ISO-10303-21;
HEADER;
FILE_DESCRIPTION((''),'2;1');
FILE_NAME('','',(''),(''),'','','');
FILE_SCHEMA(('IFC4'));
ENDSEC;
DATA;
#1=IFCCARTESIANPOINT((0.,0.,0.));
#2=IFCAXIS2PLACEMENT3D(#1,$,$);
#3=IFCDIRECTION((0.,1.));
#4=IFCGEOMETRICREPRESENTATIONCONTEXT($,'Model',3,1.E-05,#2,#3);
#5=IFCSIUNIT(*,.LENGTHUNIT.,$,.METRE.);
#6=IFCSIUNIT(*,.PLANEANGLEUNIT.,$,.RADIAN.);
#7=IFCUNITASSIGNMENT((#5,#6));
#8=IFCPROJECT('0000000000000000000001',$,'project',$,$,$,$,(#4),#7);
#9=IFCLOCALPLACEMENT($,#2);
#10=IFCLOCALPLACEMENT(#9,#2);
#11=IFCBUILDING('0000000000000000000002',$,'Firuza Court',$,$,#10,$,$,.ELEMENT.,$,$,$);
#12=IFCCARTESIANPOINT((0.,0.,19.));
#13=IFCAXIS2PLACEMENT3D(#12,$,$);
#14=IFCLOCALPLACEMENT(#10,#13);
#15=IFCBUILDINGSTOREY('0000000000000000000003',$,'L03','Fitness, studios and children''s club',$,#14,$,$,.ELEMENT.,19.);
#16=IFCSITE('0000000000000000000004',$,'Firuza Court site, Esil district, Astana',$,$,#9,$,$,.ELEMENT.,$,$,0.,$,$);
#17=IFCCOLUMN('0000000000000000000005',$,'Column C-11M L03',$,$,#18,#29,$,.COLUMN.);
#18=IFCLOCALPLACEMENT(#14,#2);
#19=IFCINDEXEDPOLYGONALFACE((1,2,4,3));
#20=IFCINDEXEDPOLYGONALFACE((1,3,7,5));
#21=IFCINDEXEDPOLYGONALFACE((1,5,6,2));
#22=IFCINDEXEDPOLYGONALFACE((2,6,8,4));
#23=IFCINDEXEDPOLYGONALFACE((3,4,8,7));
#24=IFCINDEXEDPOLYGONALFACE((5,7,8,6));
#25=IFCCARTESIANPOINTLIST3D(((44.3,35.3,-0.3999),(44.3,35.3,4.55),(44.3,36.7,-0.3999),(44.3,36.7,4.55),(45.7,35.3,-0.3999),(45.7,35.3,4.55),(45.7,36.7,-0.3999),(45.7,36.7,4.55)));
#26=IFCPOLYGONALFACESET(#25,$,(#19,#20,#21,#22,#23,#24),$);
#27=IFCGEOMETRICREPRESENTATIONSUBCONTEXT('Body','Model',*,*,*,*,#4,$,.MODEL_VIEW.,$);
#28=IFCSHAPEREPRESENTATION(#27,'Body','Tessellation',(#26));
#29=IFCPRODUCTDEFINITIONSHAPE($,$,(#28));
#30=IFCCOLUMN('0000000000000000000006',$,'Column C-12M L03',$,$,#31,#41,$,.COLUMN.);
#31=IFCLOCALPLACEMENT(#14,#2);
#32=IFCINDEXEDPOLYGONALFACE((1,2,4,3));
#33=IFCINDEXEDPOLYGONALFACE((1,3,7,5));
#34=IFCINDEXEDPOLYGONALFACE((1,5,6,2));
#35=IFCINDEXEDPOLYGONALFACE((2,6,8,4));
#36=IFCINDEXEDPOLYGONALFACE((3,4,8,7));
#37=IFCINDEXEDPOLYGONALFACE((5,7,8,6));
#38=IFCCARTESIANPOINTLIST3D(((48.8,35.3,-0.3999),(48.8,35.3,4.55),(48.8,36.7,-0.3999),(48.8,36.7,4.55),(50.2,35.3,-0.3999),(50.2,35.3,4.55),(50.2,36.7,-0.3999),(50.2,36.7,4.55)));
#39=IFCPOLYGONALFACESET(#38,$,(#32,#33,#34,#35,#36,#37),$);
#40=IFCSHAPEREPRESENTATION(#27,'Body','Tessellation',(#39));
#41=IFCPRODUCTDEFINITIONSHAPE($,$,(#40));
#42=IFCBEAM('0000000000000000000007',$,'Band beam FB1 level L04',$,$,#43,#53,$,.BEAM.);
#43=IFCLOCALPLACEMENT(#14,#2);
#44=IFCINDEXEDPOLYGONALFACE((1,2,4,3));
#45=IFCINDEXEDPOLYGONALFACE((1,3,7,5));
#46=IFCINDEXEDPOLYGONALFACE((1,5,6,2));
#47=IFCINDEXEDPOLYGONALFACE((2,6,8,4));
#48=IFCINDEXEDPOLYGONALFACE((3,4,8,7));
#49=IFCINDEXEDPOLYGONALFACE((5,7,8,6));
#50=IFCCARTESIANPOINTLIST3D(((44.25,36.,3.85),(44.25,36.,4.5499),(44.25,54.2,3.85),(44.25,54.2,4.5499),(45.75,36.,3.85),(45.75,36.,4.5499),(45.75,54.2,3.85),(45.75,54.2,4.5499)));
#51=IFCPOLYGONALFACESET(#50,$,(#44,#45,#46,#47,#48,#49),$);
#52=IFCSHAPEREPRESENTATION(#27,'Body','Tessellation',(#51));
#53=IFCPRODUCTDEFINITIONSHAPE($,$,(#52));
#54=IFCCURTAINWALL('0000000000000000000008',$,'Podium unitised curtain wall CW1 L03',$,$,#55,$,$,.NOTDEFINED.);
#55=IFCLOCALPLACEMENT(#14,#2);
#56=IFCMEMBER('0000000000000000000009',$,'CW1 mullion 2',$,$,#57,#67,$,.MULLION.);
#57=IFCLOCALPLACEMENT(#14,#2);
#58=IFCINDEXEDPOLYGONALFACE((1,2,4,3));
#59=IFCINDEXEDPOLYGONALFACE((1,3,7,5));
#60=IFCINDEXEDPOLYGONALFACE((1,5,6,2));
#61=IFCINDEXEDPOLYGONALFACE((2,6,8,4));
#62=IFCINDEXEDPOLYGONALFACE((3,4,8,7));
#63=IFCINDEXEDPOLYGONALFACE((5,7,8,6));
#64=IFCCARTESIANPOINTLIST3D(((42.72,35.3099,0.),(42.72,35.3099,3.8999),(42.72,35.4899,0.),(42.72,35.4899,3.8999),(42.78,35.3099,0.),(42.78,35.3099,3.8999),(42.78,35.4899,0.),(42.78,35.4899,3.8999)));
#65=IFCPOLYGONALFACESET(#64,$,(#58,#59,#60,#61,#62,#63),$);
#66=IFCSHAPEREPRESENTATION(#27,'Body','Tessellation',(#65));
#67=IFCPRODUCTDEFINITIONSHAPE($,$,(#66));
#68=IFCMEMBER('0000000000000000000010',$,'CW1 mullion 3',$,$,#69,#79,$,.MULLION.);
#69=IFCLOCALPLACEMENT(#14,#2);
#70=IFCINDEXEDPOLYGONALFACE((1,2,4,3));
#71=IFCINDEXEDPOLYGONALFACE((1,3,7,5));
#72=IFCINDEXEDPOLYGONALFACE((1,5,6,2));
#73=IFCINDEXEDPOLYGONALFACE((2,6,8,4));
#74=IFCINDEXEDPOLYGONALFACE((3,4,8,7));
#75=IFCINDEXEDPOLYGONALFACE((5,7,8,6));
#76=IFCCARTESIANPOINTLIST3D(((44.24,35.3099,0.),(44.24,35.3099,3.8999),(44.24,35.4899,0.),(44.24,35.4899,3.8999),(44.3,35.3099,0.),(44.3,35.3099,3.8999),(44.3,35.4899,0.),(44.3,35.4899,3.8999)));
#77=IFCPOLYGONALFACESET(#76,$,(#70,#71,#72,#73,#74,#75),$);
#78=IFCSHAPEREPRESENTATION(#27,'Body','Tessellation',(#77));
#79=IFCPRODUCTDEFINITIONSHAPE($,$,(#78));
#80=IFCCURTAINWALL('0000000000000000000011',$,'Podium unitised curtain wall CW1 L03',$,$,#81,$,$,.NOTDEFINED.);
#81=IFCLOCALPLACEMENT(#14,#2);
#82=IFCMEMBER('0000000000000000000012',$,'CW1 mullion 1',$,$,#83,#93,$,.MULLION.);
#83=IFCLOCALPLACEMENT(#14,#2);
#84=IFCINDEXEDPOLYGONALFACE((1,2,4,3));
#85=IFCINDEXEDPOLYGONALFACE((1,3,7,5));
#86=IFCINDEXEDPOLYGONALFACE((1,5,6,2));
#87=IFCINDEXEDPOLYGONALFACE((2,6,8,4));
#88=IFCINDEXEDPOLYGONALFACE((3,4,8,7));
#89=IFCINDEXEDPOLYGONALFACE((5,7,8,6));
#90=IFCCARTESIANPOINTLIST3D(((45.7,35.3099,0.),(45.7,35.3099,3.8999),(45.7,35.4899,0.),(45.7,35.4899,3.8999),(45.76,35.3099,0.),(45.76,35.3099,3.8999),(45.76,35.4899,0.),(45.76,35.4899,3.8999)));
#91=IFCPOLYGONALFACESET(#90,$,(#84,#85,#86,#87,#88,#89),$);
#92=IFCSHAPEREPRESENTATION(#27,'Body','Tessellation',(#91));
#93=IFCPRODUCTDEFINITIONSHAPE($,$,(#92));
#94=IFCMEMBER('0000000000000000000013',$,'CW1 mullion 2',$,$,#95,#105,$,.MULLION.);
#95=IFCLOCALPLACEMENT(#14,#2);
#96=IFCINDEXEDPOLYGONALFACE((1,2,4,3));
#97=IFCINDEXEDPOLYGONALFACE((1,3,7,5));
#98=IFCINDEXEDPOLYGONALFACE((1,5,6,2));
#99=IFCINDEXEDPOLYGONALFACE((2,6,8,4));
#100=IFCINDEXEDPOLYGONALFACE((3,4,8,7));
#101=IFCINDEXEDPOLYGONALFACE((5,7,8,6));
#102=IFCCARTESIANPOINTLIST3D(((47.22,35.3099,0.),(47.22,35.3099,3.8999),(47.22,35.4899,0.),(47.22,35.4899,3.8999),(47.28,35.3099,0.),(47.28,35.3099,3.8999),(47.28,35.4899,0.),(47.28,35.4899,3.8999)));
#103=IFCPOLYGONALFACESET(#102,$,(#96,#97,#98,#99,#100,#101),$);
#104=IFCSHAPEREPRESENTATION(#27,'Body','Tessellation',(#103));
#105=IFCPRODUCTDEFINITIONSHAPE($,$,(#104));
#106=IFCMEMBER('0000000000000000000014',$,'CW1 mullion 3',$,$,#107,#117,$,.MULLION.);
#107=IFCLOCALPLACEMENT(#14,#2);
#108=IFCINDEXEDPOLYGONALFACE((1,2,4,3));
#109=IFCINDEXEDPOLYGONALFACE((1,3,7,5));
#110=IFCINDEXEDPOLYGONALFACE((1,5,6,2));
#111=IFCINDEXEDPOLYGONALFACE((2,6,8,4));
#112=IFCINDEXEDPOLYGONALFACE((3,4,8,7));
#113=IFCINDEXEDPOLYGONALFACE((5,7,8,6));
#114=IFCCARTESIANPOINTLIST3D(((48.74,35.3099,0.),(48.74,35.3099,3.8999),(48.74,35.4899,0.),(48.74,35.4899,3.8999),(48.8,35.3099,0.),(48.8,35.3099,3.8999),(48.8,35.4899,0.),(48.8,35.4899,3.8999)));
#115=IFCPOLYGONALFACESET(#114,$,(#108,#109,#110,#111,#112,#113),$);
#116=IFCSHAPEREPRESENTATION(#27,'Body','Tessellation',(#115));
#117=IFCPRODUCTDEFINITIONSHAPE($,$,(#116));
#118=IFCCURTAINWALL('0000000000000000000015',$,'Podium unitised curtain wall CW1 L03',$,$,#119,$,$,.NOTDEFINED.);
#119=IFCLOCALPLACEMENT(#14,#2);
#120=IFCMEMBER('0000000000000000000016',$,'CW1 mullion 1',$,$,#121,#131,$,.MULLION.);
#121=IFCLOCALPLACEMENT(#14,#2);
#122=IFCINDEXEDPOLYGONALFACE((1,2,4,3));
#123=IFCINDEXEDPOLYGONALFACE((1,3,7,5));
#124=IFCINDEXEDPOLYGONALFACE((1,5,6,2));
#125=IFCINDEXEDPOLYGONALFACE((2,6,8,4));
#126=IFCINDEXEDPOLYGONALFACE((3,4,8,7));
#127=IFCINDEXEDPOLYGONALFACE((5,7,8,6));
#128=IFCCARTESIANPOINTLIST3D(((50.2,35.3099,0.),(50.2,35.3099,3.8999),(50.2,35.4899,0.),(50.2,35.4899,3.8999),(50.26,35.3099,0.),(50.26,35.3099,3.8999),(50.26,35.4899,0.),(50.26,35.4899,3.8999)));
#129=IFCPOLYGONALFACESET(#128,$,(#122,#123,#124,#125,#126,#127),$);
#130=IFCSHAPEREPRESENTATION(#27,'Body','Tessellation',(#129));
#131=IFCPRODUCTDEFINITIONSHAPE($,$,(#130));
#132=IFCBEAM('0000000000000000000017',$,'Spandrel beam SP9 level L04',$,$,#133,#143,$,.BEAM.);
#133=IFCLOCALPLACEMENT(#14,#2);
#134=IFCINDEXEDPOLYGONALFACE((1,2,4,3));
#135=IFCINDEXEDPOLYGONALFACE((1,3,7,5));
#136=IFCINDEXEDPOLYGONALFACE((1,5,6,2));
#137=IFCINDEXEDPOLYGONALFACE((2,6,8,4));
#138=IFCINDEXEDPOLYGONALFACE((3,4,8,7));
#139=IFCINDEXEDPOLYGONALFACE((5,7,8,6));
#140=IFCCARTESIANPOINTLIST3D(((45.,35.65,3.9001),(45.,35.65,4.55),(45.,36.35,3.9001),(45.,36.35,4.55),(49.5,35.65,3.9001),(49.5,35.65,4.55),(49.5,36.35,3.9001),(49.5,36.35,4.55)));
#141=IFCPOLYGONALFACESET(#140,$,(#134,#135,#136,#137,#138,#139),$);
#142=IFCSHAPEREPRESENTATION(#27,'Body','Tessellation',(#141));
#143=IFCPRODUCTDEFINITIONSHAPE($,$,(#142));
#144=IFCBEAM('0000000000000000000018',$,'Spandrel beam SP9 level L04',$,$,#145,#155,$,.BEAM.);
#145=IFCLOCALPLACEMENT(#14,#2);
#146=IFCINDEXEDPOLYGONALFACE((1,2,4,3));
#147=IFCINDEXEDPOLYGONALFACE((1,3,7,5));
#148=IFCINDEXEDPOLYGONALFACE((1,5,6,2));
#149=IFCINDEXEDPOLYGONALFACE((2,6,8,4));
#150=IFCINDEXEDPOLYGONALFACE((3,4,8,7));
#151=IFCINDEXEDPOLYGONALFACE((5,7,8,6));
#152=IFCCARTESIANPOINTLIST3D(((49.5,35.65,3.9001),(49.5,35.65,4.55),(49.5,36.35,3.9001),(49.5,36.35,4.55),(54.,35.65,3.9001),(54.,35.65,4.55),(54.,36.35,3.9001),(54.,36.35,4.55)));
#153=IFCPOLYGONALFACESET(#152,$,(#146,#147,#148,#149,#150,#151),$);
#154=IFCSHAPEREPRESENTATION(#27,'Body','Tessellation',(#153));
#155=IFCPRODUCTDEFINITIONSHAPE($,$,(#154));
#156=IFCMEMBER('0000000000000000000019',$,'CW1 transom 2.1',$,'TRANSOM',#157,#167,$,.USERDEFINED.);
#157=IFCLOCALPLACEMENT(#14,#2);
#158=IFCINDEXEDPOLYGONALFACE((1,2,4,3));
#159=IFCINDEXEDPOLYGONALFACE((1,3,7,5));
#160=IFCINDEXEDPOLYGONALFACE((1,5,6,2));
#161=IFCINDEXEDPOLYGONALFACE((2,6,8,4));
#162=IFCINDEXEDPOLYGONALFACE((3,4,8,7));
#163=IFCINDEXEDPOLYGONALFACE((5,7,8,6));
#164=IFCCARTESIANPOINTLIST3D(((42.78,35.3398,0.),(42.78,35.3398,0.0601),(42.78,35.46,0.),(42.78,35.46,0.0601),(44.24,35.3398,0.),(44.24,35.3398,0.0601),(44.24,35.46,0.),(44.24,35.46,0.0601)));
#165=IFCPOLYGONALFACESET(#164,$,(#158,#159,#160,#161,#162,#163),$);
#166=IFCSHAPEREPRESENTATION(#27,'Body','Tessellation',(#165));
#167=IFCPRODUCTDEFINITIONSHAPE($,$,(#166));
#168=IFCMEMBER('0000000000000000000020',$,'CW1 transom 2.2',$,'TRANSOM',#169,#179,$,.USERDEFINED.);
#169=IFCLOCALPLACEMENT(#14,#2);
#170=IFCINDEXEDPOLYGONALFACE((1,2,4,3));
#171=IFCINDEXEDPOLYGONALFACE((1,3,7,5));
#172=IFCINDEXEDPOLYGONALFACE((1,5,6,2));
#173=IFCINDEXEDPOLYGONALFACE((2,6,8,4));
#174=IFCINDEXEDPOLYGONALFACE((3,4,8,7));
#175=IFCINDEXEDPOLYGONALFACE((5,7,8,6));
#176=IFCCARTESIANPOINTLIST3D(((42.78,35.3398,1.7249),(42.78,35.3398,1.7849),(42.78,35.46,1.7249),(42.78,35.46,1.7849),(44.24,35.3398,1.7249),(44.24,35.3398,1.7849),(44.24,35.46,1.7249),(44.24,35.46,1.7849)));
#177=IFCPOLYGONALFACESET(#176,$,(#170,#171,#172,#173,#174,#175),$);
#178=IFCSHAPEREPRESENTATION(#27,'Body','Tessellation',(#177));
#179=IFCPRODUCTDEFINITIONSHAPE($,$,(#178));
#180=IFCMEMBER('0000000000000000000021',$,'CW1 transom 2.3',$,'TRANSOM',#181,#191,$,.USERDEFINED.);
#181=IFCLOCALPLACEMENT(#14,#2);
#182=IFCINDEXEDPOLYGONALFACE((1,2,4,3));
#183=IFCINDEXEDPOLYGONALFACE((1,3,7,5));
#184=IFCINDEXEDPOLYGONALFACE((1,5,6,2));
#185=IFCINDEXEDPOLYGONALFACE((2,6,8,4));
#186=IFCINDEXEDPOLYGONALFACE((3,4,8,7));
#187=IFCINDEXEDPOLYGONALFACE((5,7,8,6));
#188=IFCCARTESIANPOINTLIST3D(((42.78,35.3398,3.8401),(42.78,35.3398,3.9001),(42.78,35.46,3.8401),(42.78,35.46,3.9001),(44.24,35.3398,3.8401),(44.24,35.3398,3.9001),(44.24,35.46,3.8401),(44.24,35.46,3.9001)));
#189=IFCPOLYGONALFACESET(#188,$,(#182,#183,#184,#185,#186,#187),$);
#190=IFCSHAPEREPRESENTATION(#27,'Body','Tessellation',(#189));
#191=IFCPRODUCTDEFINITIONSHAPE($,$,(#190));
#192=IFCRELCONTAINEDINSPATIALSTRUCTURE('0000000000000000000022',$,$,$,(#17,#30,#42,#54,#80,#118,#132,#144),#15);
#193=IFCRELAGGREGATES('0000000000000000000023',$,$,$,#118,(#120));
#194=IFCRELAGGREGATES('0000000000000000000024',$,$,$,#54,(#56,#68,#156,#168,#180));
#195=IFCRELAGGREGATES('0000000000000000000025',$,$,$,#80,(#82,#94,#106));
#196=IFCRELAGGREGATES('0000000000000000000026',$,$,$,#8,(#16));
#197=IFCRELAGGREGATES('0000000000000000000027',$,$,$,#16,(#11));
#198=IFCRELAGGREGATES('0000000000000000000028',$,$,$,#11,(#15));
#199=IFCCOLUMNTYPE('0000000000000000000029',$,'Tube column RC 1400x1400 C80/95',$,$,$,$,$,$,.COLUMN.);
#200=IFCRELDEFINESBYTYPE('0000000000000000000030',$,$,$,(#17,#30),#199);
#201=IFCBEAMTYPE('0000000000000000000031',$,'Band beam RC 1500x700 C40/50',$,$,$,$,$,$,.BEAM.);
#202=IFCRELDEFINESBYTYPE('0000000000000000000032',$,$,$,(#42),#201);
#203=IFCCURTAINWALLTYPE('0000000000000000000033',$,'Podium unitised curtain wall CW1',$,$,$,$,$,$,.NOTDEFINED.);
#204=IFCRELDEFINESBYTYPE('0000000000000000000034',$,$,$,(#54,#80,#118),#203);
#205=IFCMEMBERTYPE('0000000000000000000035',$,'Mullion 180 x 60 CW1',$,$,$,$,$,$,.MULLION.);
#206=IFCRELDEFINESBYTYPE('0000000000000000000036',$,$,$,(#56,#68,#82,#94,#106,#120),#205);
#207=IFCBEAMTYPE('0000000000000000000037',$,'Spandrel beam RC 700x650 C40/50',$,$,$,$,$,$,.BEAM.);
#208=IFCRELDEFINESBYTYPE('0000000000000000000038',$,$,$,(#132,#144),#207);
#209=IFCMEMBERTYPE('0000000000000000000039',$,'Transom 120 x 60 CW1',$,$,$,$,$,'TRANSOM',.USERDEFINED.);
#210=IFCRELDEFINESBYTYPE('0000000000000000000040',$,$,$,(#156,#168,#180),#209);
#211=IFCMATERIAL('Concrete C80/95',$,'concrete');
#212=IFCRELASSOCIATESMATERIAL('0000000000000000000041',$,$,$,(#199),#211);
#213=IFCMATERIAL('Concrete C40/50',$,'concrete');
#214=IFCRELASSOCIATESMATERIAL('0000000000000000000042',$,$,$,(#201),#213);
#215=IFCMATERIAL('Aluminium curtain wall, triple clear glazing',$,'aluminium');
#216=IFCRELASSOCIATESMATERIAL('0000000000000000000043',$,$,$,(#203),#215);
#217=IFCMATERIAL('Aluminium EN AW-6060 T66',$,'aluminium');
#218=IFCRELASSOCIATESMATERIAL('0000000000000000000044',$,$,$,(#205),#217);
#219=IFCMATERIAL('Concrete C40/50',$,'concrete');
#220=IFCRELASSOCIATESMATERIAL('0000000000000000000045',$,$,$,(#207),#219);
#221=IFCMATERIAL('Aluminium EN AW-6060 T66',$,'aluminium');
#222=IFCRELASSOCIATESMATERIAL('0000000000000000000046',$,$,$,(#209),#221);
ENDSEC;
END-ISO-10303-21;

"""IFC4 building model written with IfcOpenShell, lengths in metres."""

from ifc_helpers import new_model, si_unit, direction, frame, origin, origin_2d, place, context, subcontext, project, spatial, rectangle, extrude, material, material_profile, profile_set, type_object, element, aggregate, save


model = new_model("IFC4")

# Units and contexts
model_context = context("Model", 3, precision=1e-05, world=origin(), true_north=direction((0.0, 1.0)))
body_context = subcontext(model_context, "Body", "Model", "MODEL_VIEW")
ifc_project = project(units=[si_unit("LENGTHUNIT", "METRE"), si_unit("PLANEANGLEUNIT", "RADIAN")], contexts=[model_context])

# Site, building, storey
site_placement = place(None, origin())
site = spatial("IfcSite", under=ifc_project, at=site_placement, Name="Firuza Court site, Esil district, Astana", CompositionType="ELEMENT", RefElevation=0.0)
building_placement = place(site_placement, origin())
building = spatial("IfcBuilding", under=site, at=building_placement, Name="Firuza Court", CompositionType="ELEMENT")
storey_placement = place(building_placement, frame((0.0, 0.0, 19.0)))
storey = spatial("IfcBuildingStorey", under=building, at=storey_placement, Name="L03", Description="Fitness, studios and children's club", CompositionType="ELEMENT", Elevation=19.0)

# Columns
ifc_material_1 = material(Name="Concrete C80/95", Category="concrete")
ifc_material_profile_1 = material_profile(ifc_material_1, rectangle(XDim=1.3999, YDim=1.3999, at=origin_2d()), Name="RC 1400x1400")
ifc_profile_set_1 = profile_set([ifc_material_profile_1], Name="Concrete C80/95")
column_type = type_object("IfcColumnType", Name="Tube column RC 1400x1400 C80/95", PredefinedType="COLUMN", material=ifc_profile_set_1)
for number, where, z_axis, x_axis, name in (
    (1, (45.0, 36.0, -0.3999), (0.0, 0.0, 1.0), (1.0, 0.0, 0.0), "Column C-11M L03"),
    (2, (49.5, 36.0, -0.3999), (0.0, 0.0, 1.0), (1.0, 0.0, 0.0), "Column C-12M L03"),
):
    element("IfcColumn", number, at=place(storey_placement, frame(where, z_axis=z_axis, x_axis=x_axis)), inside=storey, type_object=column_type, Name=name, PredefinedType="COLUMN", context=body_context, shape_type="SweptSolid", body=[
        extrude(rectangle(XDim=1.3999, YDim=1.3999, at=origin_2d()), origin(), (0.0, 0.0, 1.0), 4.95),
    ])

# Beam
ifc_material_2 = material(Name="Concrete C40/50", Category="concrete")
ifc_material_profile_2 = material_profile(ifc_material_2, rectangle(XDim=1.5, YDim=0.7, at=origin_2d()), Name="RC 1500x700")
ifc_profile_set_2 = profile_set([ifc_material_profile_2], Name="Concrete C40/50")
beam_type_1 = type_object("IfcBeamType", Name="Band beam RC 1500x700 C40/50", PredefinedType="BEAM", material=ifc_profile_set_2)
beam_placement = place(storey_placement, frame((45.0, 36.0, 4.2), z_axis=(0.0, 1.0, 0.0), x_axis=(-1.0, 0.0, 0.0)))
element("IfcBeam", 3, at=beam_placement, inside=storey, type_object=beam_type_1, Name="Band beam FB1 level L04", PredefinedType="BEAM", context=body_context, shape_type="SweptSolid", body=[
    extrude(rectangle(XDim=1.5, YDim=0.7, at=origin_2d()), origin(), (0.0, 0.0, 1.0), 18.2),
])

# Curtain walls, members
ifc_material_3 = material(Name="Aluminium curtain wall, triple clear glazing", Category="aluminium")
curtain_wall_type = type_object("IfcCurtainWallType", Name="Podium unitised curtain wall CW1", PredefinedType="NOTDEFINED", material=ifc_material_3)
curtain_wall_1_placement = place(storey_placement, origin())
curtain_wall_1 = element("IfcCurtainWall", 4, at=curtain_wall_1_placement, inside=storey, type_object=curtain_wall_type, Name="Podium unitised curtain wall CW1 L03", PredefinedType="NOTDEFINED")
ifc_material_4 = material(Name="Aluminium EN AW-6060 T66", Category="aluminium")
ifc_material_profile_3 = material_profile(ifc_material_4, rectangle(XDim=0.1799, YDim=0.0601, at=origin_2d()), Name="Mullion 180 x 60 CW1")
ifc_profile_set_3 = profile_set([ifc_material_profile_3], Name="Aluminium EN AW-6060 T66")
member_type_1 = type_object("IfcMemberType", Name="Mullion 180 x 60 CW1", PredefinedType="MULLION", material=ifc_profile_set_3)
member_1_placement = place(storey_placement, frame((42.75, 35.3999, 0.0), z_axis=(0.0, 0.0, 1.0), x_axis=(0.0, 1.0, 0.0)))
member_1 = element("IfcMember", 5, at=member_1_placement, type_object=member_type_1, Name="CW1 mullion 2", PredefinedType="MULLION", context=body_context, shape_type="SweptSolid", body=[
    extrude(rectangle(XDim=0.1799, YDim=0.0601, at=origin_2d()), origin(), (0.0, 0.0, 1.0), 3.8999),
])
member_2_placement = place(storey_placement, frame((44.27, 35.3999, 0.0), z_axis=(0.0, 0.0, 1.0), x_axis=(0.0, 1.0, 0.0)))
member_2 = element("IfcMember", 6, at=member_2_placement, type_object=member_type_1, Name="CW1 mullion 3", PredefinedType="MULLION", context=body_context, shape_type="SweptSolid", body=[
    extrude(rectangle(XDim=0.1799, YDim=0.0601, at=origin_2d()), origin(), (0.0, 0.0, 1.0), 3.8999),
])
curtain_wall_2_placement = place(storey_placement, origin())
curtain_wall_2 = element("IfcCurtainWall", 7, at=curtain_wall_2_placement, inside=storey, type_object=curtain_wall_type, Name="Podium unitised curtain wall CW1 L03", PredefinedType="NOTDEFINED")
member_3_placement = place(storey_placement, frame((45.73, 35.3999, 0.0), z_axis=(0.0, 0.0, 1.0), x_axis=(0.0, 1.0, 0.0)))
member_3 = element("IfcMember", 8, at=member_3_placement, type_object=member_type_1, Name="CW1 mullion 1", PredefinedType="MULLION", context=body_context, shape_type="SweptSolid", body=[
    extrude(rectangle(XDim=0.1799, YDim=0.0601, at=origin_2d()), origin(), (0.0, 0.0, 1.0), 3.8999),
])
member_4_placement = place(storey_placement, frame((47.25, 35.3999, 0.0), z_axis=(0.0, 0.0, 1.0), x_axis=(0.0, 1.0, 0.0)))
member_4 = element("IfcMember", 9, at=member_4_placement, type_object=member_type_1, Name="CW1 mullion 2", PredefinedType="MULLION", context=body_context, shape_type="SweptSolid", body=[
    extrude(rectangle(XDim=0.1799, YDim=0.0601, at=origin_2d()), origin(), (0.0, 0.0, 1.0), 3.8999),
])
member_5_placement = place(storey_placement, frame((48.77, 35.3999, 0.0), z_axis=(0.0, 0.0, 1.0), x_axis=(0.0, 1.0, 0.0)))
member_5 = element("IfcMember", 10, at=member_5_placement, type_object=member_type_1, Name="CW1 mullion 3", PredefinedType="MULLION", context=body_context, shape_type="SweptSolid", body=[
    extrude(rectangle(XDim=0.1799, YDim=0.0601, at=origin_2d()), origin(), (0.0, 0.0, 1.0), 3.8999),
])

# Curtain wall, member
curtain_wall_3_placement = place(storey_placement, origin())
curtain_wall_3 = element("IfcCurtainWall", 11, at=curtain_wall_3_placement, inside=storey, type_object=curtain_wall_type, Name="Podium unitised curtain wall CW1 L03", PredefinedType="NOTDEFINED")
member_6_placement = place(storey_placement, frame((50.23, 35.3999, 0.0), z_axis=(0.0, 0.0, 1.0), x_axis=(0.0, 1.0, 0.0)))
member_6 = element("IfcMember", 12, at=member_6_placement, type_object=member_type_1, Name="CW1 mullion 1", PredefinedType="MULLION", context=body_context, shape_type="SweptSolid", body=[
    extrude(rectangle(XDim=0.1799, YDim=0.0601, at=origin_2d()), origin(), (0.0, 0.0, 1.0), 3.8999),
])

# Beams
ifc_material_5 = material(Name="Concrete C40/50", Category="concrete")
ifc_material_profile_4 = material_profile(ifc_material_5, rectangle(XDim=0.7, YDim=0.6499, at=origin_2d()), Name="RC 700x650")
ifc_profile_set_4 = profile_set([ifc_material_profile_4], Name="Concrete C40/50")
beam_type_2 = type_object("IfcBeamType", Name="Spandrel beam RC 700x650 C40/50", PredefinedType="BEAM", material=ifc_profile_set_4)
for number, where, z_axis, x_axis, name in (
    (13, (45.0, 36.0, 4.2251), (1.0, 0.0, 0.0), (0.0, 1.0, 0.0), "Spandrel beam SP9 level L04"),
    (14, (49.5, 36.0, 4.2251), (1.0, 0.0, 0.0), (0.0, 1.0, 0.0), "Spandrel beam SP9 level L04"),
):
    element("IfcBeam", number, at=place(storey_placement, frame(where, z_axis=z_axis, x_axis=x_axis)), inside=storey, type_object=beam_type_2, Name=name, PredefinedType="BEAM", context=body_context, shape_type="SweptSolid", body=[
        extrude(rectangle(XDim=0.7, YDim=0.6499, at=origin_2d()), origin(), (0.0, 0.0, 1.0), 4.5),
    ])

# Members
ifc_material_6 = material(Name="Aluminium EN AW-6060 T66", Category="aluminium")
ifc_material_profile_5 = material_profile(ifc_material_6, rectangle(XDim=0.1201, YDim=0.0601, at=origin_2d()), Name="Transom 120 x 60 CW1")
ifc_profile_set_5 = profile_set([ifc_material_profile_5], Name="Aluminium EN AW-6060 T66")
member_type_2 = type_object("IfcMemberType", Name="Transom 120 x 60 CW1", ElementType="TRANSOM", PredefinedType="USERDEFINED", material=ifc_profile_set_5)
member_7_placement = place(storey_placement, frame((42.78, 35.3999, 0.03), z_axis=(1.0, 0.0, 0.0), x_axis=(0.0, 1.0, 0.0)))
member_7 = element("IfcMember", 15, at=member_7_placement, type_object=member_type_2, Name="CW1 transom 2.1", ObjectType="TRANSOM", PredefinedType="USERDEFINED", context=body_context, shape_type="SweptSolid", body=[
    extrude(rectangle(XDim=0.1201, YDim=0.0601, at=origin_2d()), origin(), (0.0, 0.0, 1.0), 1.46),
])
member_8_placement = place(storey_placement, frame((42.78, 35.3999, 1.7549), z_axis=(1.0, 0.0, 0.0), x_axis=(0.0, 1.0, 0.0)))
member_8 = element("IfcMember", 16, at=member_8_placement, type_object=member_type_2, Name="CW1 transom 2.2", ObjectType="TRANSOM", PredefinedType="USERDEFINED", context=body_context, shape_type="SweptSolid", body=[
    extrude(rectangle(XDim=0.1201, YDim=0.0601, at=origin_2d()), origin(), (0.0, 0.0, 1.0), 1.46),
])
member_9_placement = place(storey_placement, frame((42.78, 35.3999, 3.8701), z_axis=(1.0, 0.0, 0.0), x_axis=(0.0, 1.0, 0.0)))
member_9 = element("IfcMember", 17, at=member_9_placement, type_object=member_type_2, Name="CW1 transom 2.3", ObjectType="TRANSOM", PredefinedType="USERDEFINED", context=body_context, shape_type="SweptSolid", body=[
    extrude(rectangle(XDim=0.1201, YDim=0.0601, at=origin_2d()), origin(), (0.0, 0.0, 1.0), 1.46),
])
aggregate(curtain_wall_3, [member_6])

aggregate(curtain_wall_1, [member_1, member_2, member_7, member_8, member_9])
aggregate(curtain_wall_2, [member_3, member_4, member_5])

save(model, "model.ifc")
